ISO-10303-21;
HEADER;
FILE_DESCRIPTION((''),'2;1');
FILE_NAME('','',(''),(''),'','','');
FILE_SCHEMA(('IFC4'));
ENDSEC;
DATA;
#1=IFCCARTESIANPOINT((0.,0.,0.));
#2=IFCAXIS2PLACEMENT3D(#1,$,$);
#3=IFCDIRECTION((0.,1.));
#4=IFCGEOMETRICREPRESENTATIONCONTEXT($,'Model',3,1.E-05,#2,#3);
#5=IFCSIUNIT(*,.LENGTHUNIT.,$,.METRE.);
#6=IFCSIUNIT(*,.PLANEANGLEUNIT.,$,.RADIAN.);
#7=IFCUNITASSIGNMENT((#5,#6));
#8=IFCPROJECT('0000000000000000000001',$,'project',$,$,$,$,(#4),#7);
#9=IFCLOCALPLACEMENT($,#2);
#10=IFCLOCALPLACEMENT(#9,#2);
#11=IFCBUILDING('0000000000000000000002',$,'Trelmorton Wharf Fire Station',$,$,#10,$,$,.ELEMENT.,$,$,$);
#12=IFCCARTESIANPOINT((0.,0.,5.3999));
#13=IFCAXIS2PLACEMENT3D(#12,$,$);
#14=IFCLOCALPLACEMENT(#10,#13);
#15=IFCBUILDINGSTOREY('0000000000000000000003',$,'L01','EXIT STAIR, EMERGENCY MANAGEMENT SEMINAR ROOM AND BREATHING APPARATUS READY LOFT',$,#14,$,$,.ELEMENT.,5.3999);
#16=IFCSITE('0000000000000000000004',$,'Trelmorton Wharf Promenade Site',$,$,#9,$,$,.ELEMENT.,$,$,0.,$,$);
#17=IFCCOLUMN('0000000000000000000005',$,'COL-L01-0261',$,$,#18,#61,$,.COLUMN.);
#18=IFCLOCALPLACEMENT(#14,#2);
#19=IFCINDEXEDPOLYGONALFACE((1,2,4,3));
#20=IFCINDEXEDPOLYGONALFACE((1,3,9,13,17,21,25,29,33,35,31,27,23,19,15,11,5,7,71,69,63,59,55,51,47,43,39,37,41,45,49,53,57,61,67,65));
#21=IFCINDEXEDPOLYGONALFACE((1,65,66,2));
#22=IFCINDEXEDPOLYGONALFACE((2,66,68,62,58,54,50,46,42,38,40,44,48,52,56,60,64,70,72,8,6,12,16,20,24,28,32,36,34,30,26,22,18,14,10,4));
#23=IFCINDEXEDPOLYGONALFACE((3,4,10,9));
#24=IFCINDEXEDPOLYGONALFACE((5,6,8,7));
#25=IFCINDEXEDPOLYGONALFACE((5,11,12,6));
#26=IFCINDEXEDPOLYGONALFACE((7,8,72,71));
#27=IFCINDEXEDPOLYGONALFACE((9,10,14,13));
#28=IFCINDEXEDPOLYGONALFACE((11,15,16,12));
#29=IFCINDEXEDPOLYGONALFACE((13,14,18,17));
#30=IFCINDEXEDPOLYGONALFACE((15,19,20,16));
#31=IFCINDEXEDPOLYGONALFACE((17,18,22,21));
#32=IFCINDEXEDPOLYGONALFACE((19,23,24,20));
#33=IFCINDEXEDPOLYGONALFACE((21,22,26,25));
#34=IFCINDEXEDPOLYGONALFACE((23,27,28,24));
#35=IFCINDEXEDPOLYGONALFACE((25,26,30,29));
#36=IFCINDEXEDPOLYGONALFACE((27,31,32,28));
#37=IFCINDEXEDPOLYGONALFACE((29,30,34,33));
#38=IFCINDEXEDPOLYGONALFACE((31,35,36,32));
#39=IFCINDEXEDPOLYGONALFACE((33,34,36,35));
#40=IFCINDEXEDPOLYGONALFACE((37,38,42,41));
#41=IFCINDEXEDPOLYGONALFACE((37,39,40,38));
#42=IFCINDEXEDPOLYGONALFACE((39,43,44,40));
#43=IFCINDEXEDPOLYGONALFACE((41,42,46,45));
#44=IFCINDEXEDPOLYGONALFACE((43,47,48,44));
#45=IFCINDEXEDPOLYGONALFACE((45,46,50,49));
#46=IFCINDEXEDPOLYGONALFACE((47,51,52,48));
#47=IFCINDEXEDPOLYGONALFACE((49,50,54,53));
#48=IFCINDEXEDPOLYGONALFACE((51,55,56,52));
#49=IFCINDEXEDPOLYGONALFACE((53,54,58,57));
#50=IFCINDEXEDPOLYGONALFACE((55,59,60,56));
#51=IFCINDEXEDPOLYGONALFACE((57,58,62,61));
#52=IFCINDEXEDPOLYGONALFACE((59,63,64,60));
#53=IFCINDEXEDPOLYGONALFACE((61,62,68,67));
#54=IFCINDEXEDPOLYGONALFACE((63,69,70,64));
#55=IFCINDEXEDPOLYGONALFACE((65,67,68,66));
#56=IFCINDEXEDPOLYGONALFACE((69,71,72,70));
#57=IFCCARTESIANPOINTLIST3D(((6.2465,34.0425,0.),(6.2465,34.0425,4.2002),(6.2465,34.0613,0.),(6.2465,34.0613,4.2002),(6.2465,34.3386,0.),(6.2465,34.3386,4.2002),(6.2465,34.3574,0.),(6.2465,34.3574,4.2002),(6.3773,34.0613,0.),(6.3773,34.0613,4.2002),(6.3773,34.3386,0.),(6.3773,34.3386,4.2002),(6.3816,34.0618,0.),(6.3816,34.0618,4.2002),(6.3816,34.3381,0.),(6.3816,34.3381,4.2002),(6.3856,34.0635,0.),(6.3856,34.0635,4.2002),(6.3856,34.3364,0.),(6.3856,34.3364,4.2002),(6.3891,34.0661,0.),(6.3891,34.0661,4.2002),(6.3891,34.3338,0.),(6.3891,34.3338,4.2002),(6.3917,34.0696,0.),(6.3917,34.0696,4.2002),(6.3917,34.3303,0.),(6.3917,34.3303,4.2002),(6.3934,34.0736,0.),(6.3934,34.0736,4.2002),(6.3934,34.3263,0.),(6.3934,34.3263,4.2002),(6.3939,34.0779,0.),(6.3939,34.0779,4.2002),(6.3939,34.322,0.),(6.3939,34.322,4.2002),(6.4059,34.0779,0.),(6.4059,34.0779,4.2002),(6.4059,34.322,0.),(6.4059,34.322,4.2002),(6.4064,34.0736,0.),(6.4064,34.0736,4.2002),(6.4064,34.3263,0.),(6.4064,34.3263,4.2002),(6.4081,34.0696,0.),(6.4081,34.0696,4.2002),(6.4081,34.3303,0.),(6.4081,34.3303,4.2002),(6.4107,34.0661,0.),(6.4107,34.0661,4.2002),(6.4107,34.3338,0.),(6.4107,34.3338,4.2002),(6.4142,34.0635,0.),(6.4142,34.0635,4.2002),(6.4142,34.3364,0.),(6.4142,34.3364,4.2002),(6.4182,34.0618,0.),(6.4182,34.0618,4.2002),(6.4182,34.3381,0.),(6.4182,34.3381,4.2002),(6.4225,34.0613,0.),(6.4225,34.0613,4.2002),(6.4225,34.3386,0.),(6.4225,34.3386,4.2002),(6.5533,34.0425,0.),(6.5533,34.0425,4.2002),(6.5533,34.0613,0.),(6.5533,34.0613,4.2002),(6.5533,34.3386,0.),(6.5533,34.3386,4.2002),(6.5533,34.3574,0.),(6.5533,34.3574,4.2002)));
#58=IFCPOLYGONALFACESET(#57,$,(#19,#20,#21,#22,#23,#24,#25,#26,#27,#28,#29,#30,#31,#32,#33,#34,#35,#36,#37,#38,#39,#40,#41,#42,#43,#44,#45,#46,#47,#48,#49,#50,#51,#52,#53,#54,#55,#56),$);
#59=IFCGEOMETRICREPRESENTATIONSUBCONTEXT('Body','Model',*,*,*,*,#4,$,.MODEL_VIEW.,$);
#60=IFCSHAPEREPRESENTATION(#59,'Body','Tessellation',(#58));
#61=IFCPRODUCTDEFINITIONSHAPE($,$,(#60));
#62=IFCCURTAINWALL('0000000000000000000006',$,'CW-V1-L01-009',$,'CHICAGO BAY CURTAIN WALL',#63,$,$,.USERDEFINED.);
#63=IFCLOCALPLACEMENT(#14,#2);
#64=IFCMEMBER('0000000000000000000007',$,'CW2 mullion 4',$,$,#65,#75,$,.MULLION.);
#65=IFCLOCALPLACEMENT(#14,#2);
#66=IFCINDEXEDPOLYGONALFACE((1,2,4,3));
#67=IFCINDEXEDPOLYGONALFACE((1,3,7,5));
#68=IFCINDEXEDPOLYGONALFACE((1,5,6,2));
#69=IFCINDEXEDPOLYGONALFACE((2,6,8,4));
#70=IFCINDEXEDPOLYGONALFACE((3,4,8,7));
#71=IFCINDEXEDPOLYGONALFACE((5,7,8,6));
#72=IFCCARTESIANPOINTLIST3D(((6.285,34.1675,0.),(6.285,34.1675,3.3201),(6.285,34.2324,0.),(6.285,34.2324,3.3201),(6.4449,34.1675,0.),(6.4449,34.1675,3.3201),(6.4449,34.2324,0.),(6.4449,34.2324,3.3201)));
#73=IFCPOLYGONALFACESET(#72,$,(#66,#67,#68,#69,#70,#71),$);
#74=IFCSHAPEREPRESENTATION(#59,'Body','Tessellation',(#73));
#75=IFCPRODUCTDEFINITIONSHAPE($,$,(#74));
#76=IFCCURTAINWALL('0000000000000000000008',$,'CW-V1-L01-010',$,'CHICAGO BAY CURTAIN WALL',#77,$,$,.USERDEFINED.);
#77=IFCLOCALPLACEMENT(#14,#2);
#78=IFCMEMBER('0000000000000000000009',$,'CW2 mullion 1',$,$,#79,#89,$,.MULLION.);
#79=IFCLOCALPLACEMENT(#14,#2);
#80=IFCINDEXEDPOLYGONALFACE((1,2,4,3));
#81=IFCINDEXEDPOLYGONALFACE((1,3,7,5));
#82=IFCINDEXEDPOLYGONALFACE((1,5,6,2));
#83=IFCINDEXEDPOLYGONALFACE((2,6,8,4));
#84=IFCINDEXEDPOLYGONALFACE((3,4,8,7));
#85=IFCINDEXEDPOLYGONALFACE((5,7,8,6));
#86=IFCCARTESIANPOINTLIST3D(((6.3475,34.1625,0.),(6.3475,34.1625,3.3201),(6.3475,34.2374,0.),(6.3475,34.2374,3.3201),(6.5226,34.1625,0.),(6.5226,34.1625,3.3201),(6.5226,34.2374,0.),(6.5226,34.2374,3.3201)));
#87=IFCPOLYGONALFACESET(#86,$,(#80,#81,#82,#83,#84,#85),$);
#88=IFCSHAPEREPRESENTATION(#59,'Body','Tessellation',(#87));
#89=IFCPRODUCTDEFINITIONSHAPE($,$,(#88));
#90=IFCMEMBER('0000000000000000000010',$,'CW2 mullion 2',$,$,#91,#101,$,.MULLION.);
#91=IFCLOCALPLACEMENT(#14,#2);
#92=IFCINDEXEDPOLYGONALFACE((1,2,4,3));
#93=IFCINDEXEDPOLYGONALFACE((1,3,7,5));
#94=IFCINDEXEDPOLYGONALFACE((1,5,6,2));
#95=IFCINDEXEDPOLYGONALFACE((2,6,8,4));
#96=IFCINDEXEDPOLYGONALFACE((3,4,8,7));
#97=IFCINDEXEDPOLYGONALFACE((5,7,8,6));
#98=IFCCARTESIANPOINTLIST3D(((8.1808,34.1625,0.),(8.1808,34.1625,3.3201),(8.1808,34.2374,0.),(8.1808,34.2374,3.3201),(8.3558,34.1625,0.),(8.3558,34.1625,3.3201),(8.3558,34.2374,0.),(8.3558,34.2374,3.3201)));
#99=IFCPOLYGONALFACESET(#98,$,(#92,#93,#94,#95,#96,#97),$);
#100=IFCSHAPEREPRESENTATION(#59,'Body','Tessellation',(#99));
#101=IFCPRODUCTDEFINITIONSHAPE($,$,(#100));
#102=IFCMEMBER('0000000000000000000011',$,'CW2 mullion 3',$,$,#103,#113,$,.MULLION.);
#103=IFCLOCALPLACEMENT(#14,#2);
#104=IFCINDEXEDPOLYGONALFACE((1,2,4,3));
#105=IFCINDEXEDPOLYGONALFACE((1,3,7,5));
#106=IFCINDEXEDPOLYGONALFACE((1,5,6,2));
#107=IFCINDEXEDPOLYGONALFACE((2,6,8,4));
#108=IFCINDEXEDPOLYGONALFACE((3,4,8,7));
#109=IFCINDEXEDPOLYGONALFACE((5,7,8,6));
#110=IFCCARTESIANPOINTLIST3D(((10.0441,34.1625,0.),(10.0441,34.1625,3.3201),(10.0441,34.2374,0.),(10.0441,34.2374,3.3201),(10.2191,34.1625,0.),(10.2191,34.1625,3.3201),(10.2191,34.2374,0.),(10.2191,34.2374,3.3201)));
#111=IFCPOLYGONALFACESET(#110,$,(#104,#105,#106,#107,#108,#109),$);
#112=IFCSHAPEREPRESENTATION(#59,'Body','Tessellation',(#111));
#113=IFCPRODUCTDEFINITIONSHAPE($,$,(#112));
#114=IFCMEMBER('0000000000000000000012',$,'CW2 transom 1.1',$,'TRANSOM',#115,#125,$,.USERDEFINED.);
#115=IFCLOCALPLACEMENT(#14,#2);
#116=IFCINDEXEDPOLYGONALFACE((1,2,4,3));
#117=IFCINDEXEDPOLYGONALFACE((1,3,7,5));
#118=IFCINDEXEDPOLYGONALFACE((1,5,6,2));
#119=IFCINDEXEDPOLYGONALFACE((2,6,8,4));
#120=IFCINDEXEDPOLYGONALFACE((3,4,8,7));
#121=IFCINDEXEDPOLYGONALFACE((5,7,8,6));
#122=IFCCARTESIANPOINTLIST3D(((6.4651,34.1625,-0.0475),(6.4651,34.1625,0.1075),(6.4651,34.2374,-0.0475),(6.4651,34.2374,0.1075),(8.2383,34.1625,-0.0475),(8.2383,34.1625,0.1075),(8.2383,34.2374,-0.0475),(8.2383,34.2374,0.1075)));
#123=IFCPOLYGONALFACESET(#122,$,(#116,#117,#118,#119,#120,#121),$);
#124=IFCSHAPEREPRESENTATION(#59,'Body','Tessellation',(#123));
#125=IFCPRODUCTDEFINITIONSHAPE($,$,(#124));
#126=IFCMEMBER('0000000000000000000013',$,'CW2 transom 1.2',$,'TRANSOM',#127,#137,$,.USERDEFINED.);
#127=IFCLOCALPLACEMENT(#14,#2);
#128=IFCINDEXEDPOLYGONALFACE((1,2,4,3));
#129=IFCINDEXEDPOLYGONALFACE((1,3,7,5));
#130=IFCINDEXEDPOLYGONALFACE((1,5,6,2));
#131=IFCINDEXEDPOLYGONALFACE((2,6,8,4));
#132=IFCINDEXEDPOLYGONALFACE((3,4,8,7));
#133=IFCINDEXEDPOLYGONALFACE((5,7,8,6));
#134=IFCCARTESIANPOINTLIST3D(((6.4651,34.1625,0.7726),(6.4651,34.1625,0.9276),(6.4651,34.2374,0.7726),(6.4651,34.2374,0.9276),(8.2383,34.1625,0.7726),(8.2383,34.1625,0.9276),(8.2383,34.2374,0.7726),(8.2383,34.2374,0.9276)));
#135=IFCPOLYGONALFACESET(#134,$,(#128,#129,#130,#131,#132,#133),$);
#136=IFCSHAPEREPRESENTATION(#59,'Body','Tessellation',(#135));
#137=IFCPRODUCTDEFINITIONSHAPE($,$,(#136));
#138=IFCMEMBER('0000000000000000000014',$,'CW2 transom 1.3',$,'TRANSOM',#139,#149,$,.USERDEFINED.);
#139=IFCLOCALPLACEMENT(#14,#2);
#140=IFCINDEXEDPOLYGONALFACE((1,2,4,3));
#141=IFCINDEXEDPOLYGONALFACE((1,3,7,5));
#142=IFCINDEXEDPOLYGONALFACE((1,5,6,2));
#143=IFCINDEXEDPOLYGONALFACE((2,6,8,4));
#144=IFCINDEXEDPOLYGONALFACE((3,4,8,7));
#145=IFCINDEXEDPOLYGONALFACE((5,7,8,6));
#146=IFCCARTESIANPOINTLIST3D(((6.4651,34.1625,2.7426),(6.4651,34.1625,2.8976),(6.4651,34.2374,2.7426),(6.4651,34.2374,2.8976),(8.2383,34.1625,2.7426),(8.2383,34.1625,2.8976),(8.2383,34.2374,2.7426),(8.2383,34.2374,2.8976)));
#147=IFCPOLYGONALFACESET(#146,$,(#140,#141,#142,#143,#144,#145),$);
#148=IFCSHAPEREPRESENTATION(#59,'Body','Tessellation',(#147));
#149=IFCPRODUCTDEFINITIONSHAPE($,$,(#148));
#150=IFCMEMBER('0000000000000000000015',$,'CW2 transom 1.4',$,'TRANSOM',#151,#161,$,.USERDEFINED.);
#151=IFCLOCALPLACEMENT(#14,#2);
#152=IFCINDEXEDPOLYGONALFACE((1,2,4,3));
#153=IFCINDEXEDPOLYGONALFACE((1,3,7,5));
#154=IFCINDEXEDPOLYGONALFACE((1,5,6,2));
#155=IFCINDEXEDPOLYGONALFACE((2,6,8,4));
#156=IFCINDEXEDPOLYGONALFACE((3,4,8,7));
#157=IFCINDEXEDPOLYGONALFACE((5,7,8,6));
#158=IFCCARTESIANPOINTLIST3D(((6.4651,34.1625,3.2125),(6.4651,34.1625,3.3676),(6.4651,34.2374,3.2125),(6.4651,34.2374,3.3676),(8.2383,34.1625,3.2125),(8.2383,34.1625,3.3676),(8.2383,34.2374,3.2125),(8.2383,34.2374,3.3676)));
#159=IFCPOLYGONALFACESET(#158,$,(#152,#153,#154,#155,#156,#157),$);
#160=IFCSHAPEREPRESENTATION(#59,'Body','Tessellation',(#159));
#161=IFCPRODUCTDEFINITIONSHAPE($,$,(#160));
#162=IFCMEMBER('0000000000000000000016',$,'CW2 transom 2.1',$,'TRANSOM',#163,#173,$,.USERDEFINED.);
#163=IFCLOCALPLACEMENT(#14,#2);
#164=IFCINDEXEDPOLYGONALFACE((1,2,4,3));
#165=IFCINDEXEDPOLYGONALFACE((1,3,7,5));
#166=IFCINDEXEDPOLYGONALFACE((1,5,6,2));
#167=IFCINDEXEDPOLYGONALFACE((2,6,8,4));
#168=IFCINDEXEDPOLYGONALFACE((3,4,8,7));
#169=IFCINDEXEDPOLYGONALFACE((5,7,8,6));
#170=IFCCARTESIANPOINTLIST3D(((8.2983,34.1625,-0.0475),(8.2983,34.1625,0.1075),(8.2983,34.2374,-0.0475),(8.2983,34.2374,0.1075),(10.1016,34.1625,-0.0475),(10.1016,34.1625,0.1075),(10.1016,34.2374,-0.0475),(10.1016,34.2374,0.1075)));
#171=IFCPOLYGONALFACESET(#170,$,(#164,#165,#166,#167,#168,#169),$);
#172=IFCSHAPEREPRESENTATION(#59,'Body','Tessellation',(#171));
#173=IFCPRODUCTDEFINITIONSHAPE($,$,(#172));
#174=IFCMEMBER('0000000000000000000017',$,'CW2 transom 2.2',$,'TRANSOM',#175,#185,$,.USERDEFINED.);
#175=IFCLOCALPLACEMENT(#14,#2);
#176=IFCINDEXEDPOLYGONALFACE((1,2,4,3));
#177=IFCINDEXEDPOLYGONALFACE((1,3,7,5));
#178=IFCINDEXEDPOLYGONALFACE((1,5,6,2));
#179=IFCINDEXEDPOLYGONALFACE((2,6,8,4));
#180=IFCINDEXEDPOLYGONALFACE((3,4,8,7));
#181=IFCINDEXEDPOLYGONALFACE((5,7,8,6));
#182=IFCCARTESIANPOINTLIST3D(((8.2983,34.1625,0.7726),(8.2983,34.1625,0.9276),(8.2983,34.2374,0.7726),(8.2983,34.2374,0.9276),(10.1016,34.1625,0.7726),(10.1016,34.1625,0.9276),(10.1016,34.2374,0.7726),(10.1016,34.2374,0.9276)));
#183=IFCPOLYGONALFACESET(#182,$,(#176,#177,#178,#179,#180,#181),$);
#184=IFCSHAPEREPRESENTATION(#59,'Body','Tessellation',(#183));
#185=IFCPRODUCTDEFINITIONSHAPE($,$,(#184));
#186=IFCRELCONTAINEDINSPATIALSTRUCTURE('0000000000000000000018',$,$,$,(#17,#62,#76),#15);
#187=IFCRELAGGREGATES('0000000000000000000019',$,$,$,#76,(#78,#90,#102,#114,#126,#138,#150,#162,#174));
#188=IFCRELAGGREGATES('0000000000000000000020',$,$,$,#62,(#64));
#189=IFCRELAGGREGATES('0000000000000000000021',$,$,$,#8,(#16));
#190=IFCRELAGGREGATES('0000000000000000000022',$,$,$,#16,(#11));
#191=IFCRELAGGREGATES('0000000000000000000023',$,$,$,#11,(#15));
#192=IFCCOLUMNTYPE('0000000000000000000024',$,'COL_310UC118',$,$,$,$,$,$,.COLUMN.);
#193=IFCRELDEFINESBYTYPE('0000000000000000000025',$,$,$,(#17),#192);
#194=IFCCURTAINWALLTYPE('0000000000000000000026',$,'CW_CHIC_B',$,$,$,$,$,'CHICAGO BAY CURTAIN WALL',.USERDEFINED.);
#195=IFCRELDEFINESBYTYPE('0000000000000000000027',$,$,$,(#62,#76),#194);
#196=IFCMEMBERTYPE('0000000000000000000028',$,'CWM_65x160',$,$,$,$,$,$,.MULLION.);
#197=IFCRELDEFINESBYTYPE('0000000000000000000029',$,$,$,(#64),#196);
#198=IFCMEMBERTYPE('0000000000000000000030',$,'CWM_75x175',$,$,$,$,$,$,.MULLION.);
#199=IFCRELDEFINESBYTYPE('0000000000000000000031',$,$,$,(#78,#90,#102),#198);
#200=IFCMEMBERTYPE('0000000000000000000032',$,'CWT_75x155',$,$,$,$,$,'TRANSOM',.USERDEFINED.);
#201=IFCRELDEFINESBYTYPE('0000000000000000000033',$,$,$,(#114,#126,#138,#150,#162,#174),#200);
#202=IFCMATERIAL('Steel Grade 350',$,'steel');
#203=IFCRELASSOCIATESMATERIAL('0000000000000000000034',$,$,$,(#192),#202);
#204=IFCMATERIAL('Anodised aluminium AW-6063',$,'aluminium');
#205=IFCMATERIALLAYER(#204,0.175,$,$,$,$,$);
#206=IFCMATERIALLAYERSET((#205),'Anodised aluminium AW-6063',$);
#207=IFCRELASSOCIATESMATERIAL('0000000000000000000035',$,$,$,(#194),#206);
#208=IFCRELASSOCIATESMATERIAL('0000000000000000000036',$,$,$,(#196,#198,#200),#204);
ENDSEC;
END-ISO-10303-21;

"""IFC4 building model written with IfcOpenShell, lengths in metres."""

from ifc_helpers import new_model, si_unit, direction, frame, origin, origin_2d, place, context, subcontext, project, spatial, rectangle, i_section, extrude, material, layer, layer_set, material_profile, profile_set, type_object, element, aggregate, save


model = new_model("IFC4")

# Units and contexts
model_context = context("Model", 3, precision=1e-05, world=origin(), true_north=direction((0.0, 1.0)))
body_context = subcontext(model_context, "Body", "Model", "MODEL_VIEW")
ifc_project = project(units=[si_unit("LENGTHUNIT", "METRE"), si_unit("PLANEANGLEUNIT", "RADIAN")], contexts=[model_context])

# Site, building, storey
site_placement = place(None, origin())
site = spatial("IfcSite", under=ifc_project, at=site_placement, Name="Trelmorton Wharf Promenade Site", CompositionType="ELEMENT", RefElevation=0.0)
building_placement = place(site_placement, origin())
building = spatial("IfcBuilding", under=site, at=building_placement, Name="Trelmorton Wharf Fire Station", CompositionType="ELEMENT")
storey_placement = place(building_placement, frame((0.0, 0.0, 5.3999)))
storey = spatial("IfcBuildingStorey", under=building, at=storey_placement, Name="L01", Description="EXIT STAIR, EMERGENCY MANAGEMENT SEMINAR ROOM AND BREATHING APPARATUS READY LOFT", CompositionType="ELEMENT", Elevation=5.3999)

# Column
ifc_material_1 = material(Name="Steel Grade 350", Category="steel")
ifc_material_profile_1 = material_profile(ifc_material_1, i_section(OverallWidth=0.3069, OverallDepth=0.3149, WebThickness=0.012, FlangeThickness=0.0188, FilletRadius=0.0166, at=origin_2d()), Name="310UC118")
ifc_profile_set_1 = profile_set([ifc_material_profile_1], Name="Steel Grade 350")
column_type = type_object("IfcColumnType", Name="COL_310UC118", PredefinedType="COLUMN", material=ifc_profile_set_1)
column_placement = place(storey_placement, frame((6.3999, 34.2, 0.0), z_axis=(0.0, 0.0, 1.0), x_axis=(1.0, 0.0, 0.0)))
element("IfcColumn", 1, at=column_placement, inside=storey, type_object=column_type, Name="COL-L01-0261", PredefinedType="COLUMN", context=body_context, shape_type="SweptSolid", body=[
    extrude(i_section(OverallWidth=0.3069, OverallDepth=0.3149, WebThickness=0.012, FlangeThickness=0.0188, FilletRadius=0.0166, at=origin_2d()), origin(), (0.0, 0.0, 1.0), 4.2002),
])

# Curtain wall, member
ifc_material_2 = material(Name="Anodised aluminium AW-6063", Category="aluminium")
ifc_layer_1 = layer(ifc_material_2, 0.175)
ifc_layer_set_1 = layer_set([ifc_layer_1], Name="Anodised aluminium AW-6063")
curtain_wall_type = type_object("IfcCurtainWallType", Name="CW_CHIC_B", ElementType="CHICAGO BAY CURTAIN WALL", PredefinedType="USERDEFINED", material=ifc_layer_set_1)
curtain_wall_1_placement = place(storey_placement, origin())
curtain_wall_1 = element("IfcCurtainWall", 2, at=curtain_wall_1_placement, inside=storey, type_object=curtain_wall_type, Name="CW-V1-L01-009", ObjectType="CHICAGO BAY CURTAIN WALL", PredefinedType="USERDEFINED")
ifc_material_profile_2 = material_profile(ifc_material_2, rectangle(XDim=0.0649, YDim=0.1599, at=origin_2d()), Name="ALU-65x160")
ifc_profile_set_2 = profile_set([ifc_material_profile_2], Name="Anodised aluminium AW-6063")
member_type_1 = type_object("IfcMemberType", Name="CWM_65x160", PredefinedType="MULLION", material=ifc_profile_set_2)
member_1_placement = place(storey_placement, frame((6.365, 34.2, 0.0), z_axis=(0.0, 0.0, 1.0), x_axis=(0.0, 1.0, 0.0)))
member_1 = element("IfcMember", 3, at=member_1_placement, type_object=member_type_1, Name="CW2 mullion 4", PredefinedType="MULLION", context=body_context, shape_type="SweptSolid", body=[
    extrude(rectangle(XDim=0.0649, YDim=0.1599, at=origin_2d()), origin(), (0.0, 0.0, 1.0), 3.3201),
])

# Curtain wall, members
curtain_wall_2_placement = place(storey_placement, origin())
curtain_wall_2 = element("IfcCurtainWall", 4, at=curtain_wall_2_placement, inside=storey, type_object=curtain_wall_type, Name="CW-V1-L01-010", ObjectType="CHICAGO BAY CURTAIN WALL", PredefinedType="USERDEFINED")
ifc_material_profile_3 = material_profile(ifc_material_2, rectangle(XDim=0.075, YDim=0.175, at=origin_2d()), Name="ALU-75x175")
ifc_profile_set_3 = profile_set([ifc_material_profile_3], Name="Anodised aluminium AW-6063")
member_type_2 = type_object("IfcMemberType", Name="CWM_75x175", PredefinedType="MULLION", material=ifc_profile_set_3)
member_2_placement = place(storey_placement, frame((6.4351, 34.2, 0.0), z_axis=(0.0, 0.0, 1.0), x_axis=(0.0, 1.0, 0.0)))
member_2 = element("IfcMember", 5, at=member_2_placement, type_object=member_type_2, Name="CW2 mullion 1", PredefinedType="MULLION", context=body_context, shape_type="SweptSolid", body=[
    extrude(rectangle(XDim=0.075, YDim=0.175, at=origin_2d()), origin(), (0.0, 0.0, 1.0), 3.3201),
])
member_3_placement = place(storey_placement, frame((8.2683, 34.2, 0.0), z_axis=(0.0, 0.0, 1.0), x_axis=(0.0, 1.0, 0.0)))
member_3 = element("IfcMember", 6, at=member_3_placement, type_object=member_type_2, Name="CW2 mullion 2", PredefinedType="MULLION", context=body_context, shape_type="SweptSolid", body=[
    extrude(rectangle(XDim=0.075, YDim=0.175, at=origin_2d()), origin(), (0.0, 0.0, 1.0), 3.3201),
])
member_4_placement = place(storey_placement, frame((10.1316, 34.2, 0.0), z_axis=(0.0, 0.0, 1.0), x_axis=(0.0, 1.0, 0.0)))
member_4 = element("IfcMember", 7, at=member_4_placement, type_object=member_type_2, Name="CW2 mullion 3", PredefinedType="MULLION", context=body_context, shape_type="SweptSolid", body=[
    extrude(rectangle(XDim=0.075, YDim=0.175, at=origin_2d()), origin(), (0.0, 0.0, 1.0), 3.3201),
])
ifc_material_profile_4 = material_profile(ifc_material_2, rectangle(XDim=0.075, YDim=0.155, at=origin_2d()), Name="ALU-75x155")
ifc_profile_set_4 = profile_set([ifc_material_profile_4], Name="Anodised aluminium AW-6063")
member_type_3 = type_object("IfcMemberType", Name="CWT_75x155", ElementType="TRANSOM", PredefinedType="USERDEFINED", material=ifc_profile_set_4)
member_5_placement = place(storey_placement, frame((6.4651, 34.2, 0.03), z_axis=(1.0, 0.0, 0.0), x_axis=(0.0, 1.0, 0.0)))
member_5 = element("IfcMember", 8, at=member_5_placement, type_object=member_type_3, Name="CW2 transom 1.1", ObjectType="TRANSOM", PredefinedType="USERDEFINED", context=body_context, shape_type="SweptSolid", body=[
    extrude(rectangle(XDim=0.075, YDim=0.155, at=origin_2d()), origin(), (0.0, 0.0, 1.0), 1.7732),
])
member_6_placement = place(storey_placement, frame((6.4651, 34.2, 0.8501), z_axis=(1.0, 0.0, 0.0), x_axis=(0.0, 1.0, 0.0)))
member_6 = element("IfcMember", 9, at=member_6_placement, type_object=member_type_3, Name="CW2 transom 1.2", ObjectType="TRANSOM", PredefinedType="USERDEFINED", context=body_context, shape_type="SweptSolid", body=[
    extrude(rectangle(XDim=0.075, YDim=0.155, at=origin_2d()), origin(), (0.0, 0.0, 1.0), 1.7732),
])
member_7_placement = place(storey_placement, frame((6.4651, 34.2, 2.8201), z_axis=(1.0, 0.0, 0.0), x_axis=(0.0, 1.0, 0.0)))
member_7 = element("IfcMember", 10, at=member_7_placement, type_object=member_type_3, Name="CW2 transom 1.3", ObjectType="TRANSOM", PredefinedType="USERDEFINED", context=body_context, shape_type="SweptSolid", body=[
    extrude(rectangle(XDim=0.075, YDim=0.155, at=origin_2d()), origin(), (0.0, 0.0, 1.0), 1.7732),
])
member_8_placement = place(storey_placement, frame((6.4651, 34.2, 3.29), z_axis=(1.0, 0.0, 0.0), x_axis=(0.0, 1.0, 0.0)))
member_8 = element("IfcMember", 11, at=member_8_placement, type_object=member_type_3, Name="CW2 transom 1.4", ObjectType="TRANSOM", PredefinedType="USERDEFINED", context=body_context, shape_type="SweptSolid", body=[
    extrude(rectangle(XDim=0.075, YDim=0.155, at=origin_2d()), origin(), (0.0, 0.0, 1.0), 1.7732),
])
member_9_placement = place(storey_placement, frame((8.2983, 34.2, 0.03), z_axis=(1.0, 0.0, 0.0), x_axis=(0.0, 1.0, 0.0)))
member_9 = element("IfcMember", 12, at=member_9_placement, type_object=member_type_3, Name="CW2 transom 2.1", ObjectType="TRANSOM", PredefinedType="USERDEFINED", context=body_context, shape_type="SweptSolid", body=[
    extrude(rectangle(XDim=0.075, YDim=0.155, at=origin_2d()), origin(), (0.0, 0.0, 1.0), 1.8032),
])
member_10_placement = place(storey_placement, frame((8.2983, 34.2, 0.8501), z_axis=(1.0, 0.0, 0.0), x_axis=(0.0, 1.0, 0.0)))
member_10 = element("IfcMember", 13, at=member_10_placement, type_object=member_type_3, Name="CW2 transom 2.2", ObjectType="TRANSOM", PredefinedType="USERDEFINED", context=body_context, shape_type="SweptSolid", body=[
    extrude(rectangle(XDim=0.075, YDim=0.155, at=origin_2d()), origin(), (0.0, 0.0, 1.0), 1.8032),
])

aggregate(curtain_wall_2, [member_2, member_3, member_4, member_5, member_6, member_7, member_8, member_9, member_10])
aggregate(curtain_wall_1, [member_1])

save(model, "model.ifc")
